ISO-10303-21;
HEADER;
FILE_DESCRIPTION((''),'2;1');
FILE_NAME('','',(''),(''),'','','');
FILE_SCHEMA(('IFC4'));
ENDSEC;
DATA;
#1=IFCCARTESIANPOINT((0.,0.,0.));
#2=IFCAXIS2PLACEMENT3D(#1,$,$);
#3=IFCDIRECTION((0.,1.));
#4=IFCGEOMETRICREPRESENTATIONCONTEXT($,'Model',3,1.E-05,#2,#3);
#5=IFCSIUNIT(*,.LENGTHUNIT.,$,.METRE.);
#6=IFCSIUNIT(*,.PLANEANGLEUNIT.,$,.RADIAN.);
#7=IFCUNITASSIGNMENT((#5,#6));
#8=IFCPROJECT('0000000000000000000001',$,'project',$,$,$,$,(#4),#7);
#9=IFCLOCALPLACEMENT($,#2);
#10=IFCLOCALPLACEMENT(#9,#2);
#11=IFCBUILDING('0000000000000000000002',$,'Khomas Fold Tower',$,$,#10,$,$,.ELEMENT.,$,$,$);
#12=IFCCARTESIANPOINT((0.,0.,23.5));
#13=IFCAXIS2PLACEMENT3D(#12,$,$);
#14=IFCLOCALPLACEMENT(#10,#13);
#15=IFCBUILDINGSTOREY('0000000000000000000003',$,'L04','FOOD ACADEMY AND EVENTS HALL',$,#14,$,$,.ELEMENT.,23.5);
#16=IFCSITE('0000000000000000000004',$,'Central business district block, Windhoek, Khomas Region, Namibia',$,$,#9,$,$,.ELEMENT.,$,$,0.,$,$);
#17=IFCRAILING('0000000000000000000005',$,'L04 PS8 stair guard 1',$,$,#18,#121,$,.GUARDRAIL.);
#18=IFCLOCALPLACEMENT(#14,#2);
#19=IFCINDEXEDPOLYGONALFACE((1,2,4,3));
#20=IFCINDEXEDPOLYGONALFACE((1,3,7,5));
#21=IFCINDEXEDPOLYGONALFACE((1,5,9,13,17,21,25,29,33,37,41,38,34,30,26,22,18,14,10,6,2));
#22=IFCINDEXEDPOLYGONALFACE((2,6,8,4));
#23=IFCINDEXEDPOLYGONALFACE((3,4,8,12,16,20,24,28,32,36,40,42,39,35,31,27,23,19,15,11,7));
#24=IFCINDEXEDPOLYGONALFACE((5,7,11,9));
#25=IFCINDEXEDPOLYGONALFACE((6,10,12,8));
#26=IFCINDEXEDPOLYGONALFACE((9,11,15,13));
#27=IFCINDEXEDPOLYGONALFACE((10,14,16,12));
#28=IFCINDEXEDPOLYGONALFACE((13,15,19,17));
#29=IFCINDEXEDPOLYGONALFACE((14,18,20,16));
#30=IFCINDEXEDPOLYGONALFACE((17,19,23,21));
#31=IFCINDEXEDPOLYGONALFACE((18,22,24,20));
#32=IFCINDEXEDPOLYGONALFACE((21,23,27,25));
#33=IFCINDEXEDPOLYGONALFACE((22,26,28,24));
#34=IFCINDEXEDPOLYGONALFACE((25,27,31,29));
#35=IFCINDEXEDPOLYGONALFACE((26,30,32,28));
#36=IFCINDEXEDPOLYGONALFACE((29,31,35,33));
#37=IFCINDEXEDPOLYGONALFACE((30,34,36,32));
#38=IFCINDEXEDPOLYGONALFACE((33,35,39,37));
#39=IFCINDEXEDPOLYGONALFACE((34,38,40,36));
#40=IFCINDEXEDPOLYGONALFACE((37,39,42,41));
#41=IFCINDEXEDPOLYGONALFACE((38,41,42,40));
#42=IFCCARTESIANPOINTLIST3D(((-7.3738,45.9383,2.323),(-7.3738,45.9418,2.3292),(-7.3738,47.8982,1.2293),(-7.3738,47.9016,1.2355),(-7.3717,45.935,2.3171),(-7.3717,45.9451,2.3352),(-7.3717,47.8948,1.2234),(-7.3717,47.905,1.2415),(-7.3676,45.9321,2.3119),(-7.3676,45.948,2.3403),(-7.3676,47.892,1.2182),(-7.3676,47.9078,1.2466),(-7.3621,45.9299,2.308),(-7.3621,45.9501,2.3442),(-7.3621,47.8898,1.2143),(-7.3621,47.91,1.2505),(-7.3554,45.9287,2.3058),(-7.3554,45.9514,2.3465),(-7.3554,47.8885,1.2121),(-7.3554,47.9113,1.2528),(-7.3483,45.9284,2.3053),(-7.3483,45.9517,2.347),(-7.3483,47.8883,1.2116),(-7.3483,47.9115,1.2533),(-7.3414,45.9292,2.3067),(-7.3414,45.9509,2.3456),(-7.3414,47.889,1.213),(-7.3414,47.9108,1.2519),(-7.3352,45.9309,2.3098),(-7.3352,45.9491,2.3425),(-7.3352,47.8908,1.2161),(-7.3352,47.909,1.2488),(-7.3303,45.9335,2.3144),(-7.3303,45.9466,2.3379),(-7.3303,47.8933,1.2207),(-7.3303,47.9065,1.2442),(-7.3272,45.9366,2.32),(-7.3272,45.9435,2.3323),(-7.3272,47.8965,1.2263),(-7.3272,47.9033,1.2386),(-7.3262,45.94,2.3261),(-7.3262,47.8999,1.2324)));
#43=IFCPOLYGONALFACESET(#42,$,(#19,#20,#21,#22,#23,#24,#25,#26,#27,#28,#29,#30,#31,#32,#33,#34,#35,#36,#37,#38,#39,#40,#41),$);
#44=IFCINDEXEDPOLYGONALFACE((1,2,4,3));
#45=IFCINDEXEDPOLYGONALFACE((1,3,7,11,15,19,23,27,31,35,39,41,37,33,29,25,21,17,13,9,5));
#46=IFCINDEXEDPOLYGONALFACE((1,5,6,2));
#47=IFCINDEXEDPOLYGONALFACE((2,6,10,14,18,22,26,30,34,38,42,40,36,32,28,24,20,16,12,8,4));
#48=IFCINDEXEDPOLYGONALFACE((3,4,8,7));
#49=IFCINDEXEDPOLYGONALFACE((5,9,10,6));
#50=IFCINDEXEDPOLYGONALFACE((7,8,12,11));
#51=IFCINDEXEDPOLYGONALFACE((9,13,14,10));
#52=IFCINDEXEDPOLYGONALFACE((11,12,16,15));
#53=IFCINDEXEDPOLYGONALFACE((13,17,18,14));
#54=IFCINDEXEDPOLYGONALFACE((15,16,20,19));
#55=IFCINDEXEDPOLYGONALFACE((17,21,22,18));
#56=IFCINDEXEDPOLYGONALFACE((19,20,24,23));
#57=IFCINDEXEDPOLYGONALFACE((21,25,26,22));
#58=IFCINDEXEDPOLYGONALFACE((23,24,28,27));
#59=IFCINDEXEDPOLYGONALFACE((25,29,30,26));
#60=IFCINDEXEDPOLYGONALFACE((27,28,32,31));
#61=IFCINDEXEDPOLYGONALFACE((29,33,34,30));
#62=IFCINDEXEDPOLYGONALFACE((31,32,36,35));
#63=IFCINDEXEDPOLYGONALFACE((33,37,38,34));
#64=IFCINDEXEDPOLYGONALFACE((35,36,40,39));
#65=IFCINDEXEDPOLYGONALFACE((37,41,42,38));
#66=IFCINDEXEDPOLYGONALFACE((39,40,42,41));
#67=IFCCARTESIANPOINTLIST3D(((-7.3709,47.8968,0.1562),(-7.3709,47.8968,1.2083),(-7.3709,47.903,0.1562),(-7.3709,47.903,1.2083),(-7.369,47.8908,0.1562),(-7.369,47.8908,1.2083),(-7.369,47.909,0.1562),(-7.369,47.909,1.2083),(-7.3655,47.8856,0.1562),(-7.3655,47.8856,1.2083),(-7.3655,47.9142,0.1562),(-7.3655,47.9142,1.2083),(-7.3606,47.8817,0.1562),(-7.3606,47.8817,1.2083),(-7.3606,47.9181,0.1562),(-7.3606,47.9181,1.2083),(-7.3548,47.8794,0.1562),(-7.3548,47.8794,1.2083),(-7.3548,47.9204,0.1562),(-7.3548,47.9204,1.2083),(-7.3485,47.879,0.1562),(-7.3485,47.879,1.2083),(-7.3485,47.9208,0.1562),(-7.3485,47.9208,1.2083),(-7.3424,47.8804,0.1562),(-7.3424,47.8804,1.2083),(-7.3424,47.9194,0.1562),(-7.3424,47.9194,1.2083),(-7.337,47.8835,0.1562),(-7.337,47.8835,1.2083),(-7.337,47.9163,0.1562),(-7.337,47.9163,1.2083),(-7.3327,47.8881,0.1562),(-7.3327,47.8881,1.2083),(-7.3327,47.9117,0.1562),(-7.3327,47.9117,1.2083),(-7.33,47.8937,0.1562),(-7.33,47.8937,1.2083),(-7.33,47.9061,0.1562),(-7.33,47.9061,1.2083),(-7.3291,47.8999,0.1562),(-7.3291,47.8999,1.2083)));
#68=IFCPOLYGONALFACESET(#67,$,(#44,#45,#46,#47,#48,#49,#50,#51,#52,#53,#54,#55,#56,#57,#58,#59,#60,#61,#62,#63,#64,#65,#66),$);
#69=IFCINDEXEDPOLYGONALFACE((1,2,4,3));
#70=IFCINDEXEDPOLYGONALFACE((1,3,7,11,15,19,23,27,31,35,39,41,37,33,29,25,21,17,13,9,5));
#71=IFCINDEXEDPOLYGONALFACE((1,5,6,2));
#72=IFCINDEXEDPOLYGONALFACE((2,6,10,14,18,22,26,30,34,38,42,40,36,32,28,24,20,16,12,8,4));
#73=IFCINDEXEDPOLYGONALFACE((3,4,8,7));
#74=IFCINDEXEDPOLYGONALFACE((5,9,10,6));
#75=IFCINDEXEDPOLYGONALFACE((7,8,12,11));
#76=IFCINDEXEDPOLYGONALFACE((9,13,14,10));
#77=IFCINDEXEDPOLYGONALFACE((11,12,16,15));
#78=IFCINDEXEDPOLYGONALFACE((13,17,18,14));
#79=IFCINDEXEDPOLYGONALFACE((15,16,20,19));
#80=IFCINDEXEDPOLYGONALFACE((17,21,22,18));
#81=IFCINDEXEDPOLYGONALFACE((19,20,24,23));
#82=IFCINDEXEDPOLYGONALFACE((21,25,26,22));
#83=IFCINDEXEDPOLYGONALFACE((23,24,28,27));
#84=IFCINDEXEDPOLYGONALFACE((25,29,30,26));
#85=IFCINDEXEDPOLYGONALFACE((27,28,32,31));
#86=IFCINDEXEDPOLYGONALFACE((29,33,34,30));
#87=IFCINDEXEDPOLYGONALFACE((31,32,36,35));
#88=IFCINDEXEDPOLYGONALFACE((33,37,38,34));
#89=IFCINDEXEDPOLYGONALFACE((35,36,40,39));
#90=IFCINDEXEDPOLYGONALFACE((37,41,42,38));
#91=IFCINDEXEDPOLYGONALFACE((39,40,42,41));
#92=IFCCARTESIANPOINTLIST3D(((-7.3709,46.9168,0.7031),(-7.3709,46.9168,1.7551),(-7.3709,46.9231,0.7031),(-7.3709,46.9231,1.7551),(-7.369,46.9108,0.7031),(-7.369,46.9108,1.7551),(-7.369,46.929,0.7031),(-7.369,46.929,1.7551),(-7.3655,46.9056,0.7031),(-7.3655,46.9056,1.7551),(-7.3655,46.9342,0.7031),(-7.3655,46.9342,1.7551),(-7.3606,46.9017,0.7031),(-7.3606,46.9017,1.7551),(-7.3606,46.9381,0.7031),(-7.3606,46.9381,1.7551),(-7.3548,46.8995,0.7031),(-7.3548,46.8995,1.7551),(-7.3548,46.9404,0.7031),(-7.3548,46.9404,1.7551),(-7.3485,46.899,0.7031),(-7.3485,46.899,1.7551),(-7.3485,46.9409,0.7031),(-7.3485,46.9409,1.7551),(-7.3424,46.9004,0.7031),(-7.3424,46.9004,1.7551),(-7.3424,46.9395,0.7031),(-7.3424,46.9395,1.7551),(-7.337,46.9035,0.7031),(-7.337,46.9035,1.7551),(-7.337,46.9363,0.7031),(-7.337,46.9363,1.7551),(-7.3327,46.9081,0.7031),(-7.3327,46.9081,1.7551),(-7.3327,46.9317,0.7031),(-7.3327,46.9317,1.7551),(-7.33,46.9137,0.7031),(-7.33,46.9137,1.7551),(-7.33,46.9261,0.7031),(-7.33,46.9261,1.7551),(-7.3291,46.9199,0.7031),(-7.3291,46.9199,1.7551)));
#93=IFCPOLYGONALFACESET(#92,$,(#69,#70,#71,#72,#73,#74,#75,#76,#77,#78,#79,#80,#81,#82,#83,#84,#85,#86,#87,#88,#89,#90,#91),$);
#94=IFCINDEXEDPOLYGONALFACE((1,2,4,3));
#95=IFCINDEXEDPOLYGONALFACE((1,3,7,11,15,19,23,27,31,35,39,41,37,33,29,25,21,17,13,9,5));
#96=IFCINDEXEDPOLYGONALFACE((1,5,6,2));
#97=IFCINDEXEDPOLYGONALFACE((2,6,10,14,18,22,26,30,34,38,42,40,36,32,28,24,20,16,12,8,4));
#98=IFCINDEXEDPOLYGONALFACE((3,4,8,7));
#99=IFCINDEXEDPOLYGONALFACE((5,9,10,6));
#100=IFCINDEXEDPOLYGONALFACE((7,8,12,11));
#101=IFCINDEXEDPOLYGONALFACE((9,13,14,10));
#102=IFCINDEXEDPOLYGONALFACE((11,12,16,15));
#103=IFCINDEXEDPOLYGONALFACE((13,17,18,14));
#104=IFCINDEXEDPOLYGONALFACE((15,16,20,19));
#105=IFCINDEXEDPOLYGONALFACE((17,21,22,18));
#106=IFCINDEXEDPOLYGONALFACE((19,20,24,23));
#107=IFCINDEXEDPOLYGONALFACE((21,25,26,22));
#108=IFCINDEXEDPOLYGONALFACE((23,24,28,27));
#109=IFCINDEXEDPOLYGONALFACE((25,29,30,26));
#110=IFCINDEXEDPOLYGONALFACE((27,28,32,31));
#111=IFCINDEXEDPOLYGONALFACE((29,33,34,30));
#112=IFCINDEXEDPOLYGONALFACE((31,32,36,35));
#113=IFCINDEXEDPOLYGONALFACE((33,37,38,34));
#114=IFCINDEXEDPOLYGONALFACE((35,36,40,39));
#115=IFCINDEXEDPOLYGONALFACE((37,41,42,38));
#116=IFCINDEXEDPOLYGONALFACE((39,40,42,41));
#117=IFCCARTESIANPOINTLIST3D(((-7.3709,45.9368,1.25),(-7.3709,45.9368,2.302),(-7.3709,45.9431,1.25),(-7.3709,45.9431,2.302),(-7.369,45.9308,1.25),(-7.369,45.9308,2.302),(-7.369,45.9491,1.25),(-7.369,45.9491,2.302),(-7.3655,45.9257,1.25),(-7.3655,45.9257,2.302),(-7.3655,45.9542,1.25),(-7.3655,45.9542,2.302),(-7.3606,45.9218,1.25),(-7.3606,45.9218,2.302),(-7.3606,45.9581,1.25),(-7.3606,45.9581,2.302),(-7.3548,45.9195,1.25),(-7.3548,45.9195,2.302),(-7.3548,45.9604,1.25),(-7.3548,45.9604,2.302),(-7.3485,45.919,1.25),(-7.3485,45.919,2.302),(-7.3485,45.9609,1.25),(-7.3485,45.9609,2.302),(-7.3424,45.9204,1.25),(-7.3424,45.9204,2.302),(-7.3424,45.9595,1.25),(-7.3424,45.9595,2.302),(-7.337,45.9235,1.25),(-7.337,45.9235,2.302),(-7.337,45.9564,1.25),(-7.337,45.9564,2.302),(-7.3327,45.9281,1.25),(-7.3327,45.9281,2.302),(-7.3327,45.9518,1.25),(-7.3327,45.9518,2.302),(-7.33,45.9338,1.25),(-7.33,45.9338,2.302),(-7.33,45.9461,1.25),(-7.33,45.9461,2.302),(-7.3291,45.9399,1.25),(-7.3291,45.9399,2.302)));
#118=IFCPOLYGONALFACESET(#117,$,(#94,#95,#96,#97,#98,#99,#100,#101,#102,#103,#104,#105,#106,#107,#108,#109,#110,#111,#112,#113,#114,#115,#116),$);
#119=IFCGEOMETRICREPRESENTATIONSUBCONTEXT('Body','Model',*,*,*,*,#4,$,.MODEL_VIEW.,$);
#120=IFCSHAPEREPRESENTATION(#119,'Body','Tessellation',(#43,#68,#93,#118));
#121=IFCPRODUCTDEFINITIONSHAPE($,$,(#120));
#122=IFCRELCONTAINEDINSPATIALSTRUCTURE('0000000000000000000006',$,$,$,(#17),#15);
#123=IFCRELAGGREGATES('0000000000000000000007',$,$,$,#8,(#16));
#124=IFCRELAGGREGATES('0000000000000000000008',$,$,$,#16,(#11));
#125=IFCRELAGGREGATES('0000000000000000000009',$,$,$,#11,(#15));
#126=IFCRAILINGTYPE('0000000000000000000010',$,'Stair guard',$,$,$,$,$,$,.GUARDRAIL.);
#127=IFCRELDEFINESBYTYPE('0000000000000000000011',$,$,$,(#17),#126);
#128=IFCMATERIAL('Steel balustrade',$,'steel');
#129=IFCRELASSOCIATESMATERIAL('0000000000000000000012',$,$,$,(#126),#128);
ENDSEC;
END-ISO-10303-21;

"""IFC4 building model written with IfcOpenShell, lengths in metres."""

from ifc_helpers import new_model, si_unit, direction, frame, origin, origin_2d, place, context, subcontext, project, spatial, circle, extrude, source, transform, mapped, material, type_object, element, save


model = new_model("IFC4")

# Units and contexts
model_context = context("Model", 3, precision=1e-05, world=origin(), true_north=direction((0.0, 1.0)))
body_context = subcontext(model_context, "Body", "Model", "MODEL_VIEW")
ifc_project = project(units=[si_unit("LENGTHUNIT", "METRE"), si_unit("PLANEANGLEUNIT", "RADIAN")], contexts=[model_context])

# Site, building, storey
site_placement = place(None, origin())
site = spatial("IfcSite", under=ifc_project, at=site_placement, Name="Central business district block, Windhoek, Khomas Region, Namibia", CompositionType="ELEMENT", RefElevation=0.0)
building_placement = place(site_placement, origin())
building = spatial("IfcBuilding", under=site, at=building_placement, Name="Khomas Fold Tower", CompositionType="ELEMENT")
storey_placement = place(building_placement, frame((0.0, 0.0, 23.5)))
storey = spatial("IfcBuildingStorey", under=building, at=storey_placement, Name="L04", Description="FOOD ACADEMY AND EVENTS HALL", CompositionType="ELEMENT", Elevation=23.5)

# Railing
ifc_material_1 = material(Name="Steel balustrade", Category="steel")
railing_type_1 = type_object("IfcRailingType", Name="Stair guard", PredefinedType="GUARDRAIL", material=ifc_material_1)
shared_shape_1 = source(origin(), body_context, "Body", "SweptSolid", [
    extrude(circle(Radius=0.0239, at=origin_2d()), frame((0.0, 0.0, 1.0762), z_axis=(0.0, -0.873232, 0.487304), x_axis=(1.0, 0.0, 0.0)), (0.0, 0.0, 1.0), 2.2444),
    extrude(circle(Radius=0.021, at=origin_2d()), origin(), (0.0, 0.0, 1.0), 1.052),
    extrude(circle(Radius=0.021, at=origin_2d()), frame((0.0, -0.98, 0.5469)), (0.0, 0.0, 1.0), 1.052),
    extrude(circle(Radius=0.021, at=origin_2d()), frame((0.0, -1.96, 1.0938)), (0.0, 0.0, 1.0), 1.052),
])
for number, where, name in (
    (1, (-7.3501, 47.8999, 0.1562), "L04 PS8 stair guard 1"),
):
    element("IfcRailing", number, at=place(storey_placement, frame(where)), inside=storey, type_object=railing_type_1, Name=name, PredefinedType="GUARDRAIL", context=body_context, shape_type="MappedRepresentation", body=[
        mapped(shared_shape_1, transform((0.0, 0.0, 0.0))),
    ])

save(model, "model.ifc")
